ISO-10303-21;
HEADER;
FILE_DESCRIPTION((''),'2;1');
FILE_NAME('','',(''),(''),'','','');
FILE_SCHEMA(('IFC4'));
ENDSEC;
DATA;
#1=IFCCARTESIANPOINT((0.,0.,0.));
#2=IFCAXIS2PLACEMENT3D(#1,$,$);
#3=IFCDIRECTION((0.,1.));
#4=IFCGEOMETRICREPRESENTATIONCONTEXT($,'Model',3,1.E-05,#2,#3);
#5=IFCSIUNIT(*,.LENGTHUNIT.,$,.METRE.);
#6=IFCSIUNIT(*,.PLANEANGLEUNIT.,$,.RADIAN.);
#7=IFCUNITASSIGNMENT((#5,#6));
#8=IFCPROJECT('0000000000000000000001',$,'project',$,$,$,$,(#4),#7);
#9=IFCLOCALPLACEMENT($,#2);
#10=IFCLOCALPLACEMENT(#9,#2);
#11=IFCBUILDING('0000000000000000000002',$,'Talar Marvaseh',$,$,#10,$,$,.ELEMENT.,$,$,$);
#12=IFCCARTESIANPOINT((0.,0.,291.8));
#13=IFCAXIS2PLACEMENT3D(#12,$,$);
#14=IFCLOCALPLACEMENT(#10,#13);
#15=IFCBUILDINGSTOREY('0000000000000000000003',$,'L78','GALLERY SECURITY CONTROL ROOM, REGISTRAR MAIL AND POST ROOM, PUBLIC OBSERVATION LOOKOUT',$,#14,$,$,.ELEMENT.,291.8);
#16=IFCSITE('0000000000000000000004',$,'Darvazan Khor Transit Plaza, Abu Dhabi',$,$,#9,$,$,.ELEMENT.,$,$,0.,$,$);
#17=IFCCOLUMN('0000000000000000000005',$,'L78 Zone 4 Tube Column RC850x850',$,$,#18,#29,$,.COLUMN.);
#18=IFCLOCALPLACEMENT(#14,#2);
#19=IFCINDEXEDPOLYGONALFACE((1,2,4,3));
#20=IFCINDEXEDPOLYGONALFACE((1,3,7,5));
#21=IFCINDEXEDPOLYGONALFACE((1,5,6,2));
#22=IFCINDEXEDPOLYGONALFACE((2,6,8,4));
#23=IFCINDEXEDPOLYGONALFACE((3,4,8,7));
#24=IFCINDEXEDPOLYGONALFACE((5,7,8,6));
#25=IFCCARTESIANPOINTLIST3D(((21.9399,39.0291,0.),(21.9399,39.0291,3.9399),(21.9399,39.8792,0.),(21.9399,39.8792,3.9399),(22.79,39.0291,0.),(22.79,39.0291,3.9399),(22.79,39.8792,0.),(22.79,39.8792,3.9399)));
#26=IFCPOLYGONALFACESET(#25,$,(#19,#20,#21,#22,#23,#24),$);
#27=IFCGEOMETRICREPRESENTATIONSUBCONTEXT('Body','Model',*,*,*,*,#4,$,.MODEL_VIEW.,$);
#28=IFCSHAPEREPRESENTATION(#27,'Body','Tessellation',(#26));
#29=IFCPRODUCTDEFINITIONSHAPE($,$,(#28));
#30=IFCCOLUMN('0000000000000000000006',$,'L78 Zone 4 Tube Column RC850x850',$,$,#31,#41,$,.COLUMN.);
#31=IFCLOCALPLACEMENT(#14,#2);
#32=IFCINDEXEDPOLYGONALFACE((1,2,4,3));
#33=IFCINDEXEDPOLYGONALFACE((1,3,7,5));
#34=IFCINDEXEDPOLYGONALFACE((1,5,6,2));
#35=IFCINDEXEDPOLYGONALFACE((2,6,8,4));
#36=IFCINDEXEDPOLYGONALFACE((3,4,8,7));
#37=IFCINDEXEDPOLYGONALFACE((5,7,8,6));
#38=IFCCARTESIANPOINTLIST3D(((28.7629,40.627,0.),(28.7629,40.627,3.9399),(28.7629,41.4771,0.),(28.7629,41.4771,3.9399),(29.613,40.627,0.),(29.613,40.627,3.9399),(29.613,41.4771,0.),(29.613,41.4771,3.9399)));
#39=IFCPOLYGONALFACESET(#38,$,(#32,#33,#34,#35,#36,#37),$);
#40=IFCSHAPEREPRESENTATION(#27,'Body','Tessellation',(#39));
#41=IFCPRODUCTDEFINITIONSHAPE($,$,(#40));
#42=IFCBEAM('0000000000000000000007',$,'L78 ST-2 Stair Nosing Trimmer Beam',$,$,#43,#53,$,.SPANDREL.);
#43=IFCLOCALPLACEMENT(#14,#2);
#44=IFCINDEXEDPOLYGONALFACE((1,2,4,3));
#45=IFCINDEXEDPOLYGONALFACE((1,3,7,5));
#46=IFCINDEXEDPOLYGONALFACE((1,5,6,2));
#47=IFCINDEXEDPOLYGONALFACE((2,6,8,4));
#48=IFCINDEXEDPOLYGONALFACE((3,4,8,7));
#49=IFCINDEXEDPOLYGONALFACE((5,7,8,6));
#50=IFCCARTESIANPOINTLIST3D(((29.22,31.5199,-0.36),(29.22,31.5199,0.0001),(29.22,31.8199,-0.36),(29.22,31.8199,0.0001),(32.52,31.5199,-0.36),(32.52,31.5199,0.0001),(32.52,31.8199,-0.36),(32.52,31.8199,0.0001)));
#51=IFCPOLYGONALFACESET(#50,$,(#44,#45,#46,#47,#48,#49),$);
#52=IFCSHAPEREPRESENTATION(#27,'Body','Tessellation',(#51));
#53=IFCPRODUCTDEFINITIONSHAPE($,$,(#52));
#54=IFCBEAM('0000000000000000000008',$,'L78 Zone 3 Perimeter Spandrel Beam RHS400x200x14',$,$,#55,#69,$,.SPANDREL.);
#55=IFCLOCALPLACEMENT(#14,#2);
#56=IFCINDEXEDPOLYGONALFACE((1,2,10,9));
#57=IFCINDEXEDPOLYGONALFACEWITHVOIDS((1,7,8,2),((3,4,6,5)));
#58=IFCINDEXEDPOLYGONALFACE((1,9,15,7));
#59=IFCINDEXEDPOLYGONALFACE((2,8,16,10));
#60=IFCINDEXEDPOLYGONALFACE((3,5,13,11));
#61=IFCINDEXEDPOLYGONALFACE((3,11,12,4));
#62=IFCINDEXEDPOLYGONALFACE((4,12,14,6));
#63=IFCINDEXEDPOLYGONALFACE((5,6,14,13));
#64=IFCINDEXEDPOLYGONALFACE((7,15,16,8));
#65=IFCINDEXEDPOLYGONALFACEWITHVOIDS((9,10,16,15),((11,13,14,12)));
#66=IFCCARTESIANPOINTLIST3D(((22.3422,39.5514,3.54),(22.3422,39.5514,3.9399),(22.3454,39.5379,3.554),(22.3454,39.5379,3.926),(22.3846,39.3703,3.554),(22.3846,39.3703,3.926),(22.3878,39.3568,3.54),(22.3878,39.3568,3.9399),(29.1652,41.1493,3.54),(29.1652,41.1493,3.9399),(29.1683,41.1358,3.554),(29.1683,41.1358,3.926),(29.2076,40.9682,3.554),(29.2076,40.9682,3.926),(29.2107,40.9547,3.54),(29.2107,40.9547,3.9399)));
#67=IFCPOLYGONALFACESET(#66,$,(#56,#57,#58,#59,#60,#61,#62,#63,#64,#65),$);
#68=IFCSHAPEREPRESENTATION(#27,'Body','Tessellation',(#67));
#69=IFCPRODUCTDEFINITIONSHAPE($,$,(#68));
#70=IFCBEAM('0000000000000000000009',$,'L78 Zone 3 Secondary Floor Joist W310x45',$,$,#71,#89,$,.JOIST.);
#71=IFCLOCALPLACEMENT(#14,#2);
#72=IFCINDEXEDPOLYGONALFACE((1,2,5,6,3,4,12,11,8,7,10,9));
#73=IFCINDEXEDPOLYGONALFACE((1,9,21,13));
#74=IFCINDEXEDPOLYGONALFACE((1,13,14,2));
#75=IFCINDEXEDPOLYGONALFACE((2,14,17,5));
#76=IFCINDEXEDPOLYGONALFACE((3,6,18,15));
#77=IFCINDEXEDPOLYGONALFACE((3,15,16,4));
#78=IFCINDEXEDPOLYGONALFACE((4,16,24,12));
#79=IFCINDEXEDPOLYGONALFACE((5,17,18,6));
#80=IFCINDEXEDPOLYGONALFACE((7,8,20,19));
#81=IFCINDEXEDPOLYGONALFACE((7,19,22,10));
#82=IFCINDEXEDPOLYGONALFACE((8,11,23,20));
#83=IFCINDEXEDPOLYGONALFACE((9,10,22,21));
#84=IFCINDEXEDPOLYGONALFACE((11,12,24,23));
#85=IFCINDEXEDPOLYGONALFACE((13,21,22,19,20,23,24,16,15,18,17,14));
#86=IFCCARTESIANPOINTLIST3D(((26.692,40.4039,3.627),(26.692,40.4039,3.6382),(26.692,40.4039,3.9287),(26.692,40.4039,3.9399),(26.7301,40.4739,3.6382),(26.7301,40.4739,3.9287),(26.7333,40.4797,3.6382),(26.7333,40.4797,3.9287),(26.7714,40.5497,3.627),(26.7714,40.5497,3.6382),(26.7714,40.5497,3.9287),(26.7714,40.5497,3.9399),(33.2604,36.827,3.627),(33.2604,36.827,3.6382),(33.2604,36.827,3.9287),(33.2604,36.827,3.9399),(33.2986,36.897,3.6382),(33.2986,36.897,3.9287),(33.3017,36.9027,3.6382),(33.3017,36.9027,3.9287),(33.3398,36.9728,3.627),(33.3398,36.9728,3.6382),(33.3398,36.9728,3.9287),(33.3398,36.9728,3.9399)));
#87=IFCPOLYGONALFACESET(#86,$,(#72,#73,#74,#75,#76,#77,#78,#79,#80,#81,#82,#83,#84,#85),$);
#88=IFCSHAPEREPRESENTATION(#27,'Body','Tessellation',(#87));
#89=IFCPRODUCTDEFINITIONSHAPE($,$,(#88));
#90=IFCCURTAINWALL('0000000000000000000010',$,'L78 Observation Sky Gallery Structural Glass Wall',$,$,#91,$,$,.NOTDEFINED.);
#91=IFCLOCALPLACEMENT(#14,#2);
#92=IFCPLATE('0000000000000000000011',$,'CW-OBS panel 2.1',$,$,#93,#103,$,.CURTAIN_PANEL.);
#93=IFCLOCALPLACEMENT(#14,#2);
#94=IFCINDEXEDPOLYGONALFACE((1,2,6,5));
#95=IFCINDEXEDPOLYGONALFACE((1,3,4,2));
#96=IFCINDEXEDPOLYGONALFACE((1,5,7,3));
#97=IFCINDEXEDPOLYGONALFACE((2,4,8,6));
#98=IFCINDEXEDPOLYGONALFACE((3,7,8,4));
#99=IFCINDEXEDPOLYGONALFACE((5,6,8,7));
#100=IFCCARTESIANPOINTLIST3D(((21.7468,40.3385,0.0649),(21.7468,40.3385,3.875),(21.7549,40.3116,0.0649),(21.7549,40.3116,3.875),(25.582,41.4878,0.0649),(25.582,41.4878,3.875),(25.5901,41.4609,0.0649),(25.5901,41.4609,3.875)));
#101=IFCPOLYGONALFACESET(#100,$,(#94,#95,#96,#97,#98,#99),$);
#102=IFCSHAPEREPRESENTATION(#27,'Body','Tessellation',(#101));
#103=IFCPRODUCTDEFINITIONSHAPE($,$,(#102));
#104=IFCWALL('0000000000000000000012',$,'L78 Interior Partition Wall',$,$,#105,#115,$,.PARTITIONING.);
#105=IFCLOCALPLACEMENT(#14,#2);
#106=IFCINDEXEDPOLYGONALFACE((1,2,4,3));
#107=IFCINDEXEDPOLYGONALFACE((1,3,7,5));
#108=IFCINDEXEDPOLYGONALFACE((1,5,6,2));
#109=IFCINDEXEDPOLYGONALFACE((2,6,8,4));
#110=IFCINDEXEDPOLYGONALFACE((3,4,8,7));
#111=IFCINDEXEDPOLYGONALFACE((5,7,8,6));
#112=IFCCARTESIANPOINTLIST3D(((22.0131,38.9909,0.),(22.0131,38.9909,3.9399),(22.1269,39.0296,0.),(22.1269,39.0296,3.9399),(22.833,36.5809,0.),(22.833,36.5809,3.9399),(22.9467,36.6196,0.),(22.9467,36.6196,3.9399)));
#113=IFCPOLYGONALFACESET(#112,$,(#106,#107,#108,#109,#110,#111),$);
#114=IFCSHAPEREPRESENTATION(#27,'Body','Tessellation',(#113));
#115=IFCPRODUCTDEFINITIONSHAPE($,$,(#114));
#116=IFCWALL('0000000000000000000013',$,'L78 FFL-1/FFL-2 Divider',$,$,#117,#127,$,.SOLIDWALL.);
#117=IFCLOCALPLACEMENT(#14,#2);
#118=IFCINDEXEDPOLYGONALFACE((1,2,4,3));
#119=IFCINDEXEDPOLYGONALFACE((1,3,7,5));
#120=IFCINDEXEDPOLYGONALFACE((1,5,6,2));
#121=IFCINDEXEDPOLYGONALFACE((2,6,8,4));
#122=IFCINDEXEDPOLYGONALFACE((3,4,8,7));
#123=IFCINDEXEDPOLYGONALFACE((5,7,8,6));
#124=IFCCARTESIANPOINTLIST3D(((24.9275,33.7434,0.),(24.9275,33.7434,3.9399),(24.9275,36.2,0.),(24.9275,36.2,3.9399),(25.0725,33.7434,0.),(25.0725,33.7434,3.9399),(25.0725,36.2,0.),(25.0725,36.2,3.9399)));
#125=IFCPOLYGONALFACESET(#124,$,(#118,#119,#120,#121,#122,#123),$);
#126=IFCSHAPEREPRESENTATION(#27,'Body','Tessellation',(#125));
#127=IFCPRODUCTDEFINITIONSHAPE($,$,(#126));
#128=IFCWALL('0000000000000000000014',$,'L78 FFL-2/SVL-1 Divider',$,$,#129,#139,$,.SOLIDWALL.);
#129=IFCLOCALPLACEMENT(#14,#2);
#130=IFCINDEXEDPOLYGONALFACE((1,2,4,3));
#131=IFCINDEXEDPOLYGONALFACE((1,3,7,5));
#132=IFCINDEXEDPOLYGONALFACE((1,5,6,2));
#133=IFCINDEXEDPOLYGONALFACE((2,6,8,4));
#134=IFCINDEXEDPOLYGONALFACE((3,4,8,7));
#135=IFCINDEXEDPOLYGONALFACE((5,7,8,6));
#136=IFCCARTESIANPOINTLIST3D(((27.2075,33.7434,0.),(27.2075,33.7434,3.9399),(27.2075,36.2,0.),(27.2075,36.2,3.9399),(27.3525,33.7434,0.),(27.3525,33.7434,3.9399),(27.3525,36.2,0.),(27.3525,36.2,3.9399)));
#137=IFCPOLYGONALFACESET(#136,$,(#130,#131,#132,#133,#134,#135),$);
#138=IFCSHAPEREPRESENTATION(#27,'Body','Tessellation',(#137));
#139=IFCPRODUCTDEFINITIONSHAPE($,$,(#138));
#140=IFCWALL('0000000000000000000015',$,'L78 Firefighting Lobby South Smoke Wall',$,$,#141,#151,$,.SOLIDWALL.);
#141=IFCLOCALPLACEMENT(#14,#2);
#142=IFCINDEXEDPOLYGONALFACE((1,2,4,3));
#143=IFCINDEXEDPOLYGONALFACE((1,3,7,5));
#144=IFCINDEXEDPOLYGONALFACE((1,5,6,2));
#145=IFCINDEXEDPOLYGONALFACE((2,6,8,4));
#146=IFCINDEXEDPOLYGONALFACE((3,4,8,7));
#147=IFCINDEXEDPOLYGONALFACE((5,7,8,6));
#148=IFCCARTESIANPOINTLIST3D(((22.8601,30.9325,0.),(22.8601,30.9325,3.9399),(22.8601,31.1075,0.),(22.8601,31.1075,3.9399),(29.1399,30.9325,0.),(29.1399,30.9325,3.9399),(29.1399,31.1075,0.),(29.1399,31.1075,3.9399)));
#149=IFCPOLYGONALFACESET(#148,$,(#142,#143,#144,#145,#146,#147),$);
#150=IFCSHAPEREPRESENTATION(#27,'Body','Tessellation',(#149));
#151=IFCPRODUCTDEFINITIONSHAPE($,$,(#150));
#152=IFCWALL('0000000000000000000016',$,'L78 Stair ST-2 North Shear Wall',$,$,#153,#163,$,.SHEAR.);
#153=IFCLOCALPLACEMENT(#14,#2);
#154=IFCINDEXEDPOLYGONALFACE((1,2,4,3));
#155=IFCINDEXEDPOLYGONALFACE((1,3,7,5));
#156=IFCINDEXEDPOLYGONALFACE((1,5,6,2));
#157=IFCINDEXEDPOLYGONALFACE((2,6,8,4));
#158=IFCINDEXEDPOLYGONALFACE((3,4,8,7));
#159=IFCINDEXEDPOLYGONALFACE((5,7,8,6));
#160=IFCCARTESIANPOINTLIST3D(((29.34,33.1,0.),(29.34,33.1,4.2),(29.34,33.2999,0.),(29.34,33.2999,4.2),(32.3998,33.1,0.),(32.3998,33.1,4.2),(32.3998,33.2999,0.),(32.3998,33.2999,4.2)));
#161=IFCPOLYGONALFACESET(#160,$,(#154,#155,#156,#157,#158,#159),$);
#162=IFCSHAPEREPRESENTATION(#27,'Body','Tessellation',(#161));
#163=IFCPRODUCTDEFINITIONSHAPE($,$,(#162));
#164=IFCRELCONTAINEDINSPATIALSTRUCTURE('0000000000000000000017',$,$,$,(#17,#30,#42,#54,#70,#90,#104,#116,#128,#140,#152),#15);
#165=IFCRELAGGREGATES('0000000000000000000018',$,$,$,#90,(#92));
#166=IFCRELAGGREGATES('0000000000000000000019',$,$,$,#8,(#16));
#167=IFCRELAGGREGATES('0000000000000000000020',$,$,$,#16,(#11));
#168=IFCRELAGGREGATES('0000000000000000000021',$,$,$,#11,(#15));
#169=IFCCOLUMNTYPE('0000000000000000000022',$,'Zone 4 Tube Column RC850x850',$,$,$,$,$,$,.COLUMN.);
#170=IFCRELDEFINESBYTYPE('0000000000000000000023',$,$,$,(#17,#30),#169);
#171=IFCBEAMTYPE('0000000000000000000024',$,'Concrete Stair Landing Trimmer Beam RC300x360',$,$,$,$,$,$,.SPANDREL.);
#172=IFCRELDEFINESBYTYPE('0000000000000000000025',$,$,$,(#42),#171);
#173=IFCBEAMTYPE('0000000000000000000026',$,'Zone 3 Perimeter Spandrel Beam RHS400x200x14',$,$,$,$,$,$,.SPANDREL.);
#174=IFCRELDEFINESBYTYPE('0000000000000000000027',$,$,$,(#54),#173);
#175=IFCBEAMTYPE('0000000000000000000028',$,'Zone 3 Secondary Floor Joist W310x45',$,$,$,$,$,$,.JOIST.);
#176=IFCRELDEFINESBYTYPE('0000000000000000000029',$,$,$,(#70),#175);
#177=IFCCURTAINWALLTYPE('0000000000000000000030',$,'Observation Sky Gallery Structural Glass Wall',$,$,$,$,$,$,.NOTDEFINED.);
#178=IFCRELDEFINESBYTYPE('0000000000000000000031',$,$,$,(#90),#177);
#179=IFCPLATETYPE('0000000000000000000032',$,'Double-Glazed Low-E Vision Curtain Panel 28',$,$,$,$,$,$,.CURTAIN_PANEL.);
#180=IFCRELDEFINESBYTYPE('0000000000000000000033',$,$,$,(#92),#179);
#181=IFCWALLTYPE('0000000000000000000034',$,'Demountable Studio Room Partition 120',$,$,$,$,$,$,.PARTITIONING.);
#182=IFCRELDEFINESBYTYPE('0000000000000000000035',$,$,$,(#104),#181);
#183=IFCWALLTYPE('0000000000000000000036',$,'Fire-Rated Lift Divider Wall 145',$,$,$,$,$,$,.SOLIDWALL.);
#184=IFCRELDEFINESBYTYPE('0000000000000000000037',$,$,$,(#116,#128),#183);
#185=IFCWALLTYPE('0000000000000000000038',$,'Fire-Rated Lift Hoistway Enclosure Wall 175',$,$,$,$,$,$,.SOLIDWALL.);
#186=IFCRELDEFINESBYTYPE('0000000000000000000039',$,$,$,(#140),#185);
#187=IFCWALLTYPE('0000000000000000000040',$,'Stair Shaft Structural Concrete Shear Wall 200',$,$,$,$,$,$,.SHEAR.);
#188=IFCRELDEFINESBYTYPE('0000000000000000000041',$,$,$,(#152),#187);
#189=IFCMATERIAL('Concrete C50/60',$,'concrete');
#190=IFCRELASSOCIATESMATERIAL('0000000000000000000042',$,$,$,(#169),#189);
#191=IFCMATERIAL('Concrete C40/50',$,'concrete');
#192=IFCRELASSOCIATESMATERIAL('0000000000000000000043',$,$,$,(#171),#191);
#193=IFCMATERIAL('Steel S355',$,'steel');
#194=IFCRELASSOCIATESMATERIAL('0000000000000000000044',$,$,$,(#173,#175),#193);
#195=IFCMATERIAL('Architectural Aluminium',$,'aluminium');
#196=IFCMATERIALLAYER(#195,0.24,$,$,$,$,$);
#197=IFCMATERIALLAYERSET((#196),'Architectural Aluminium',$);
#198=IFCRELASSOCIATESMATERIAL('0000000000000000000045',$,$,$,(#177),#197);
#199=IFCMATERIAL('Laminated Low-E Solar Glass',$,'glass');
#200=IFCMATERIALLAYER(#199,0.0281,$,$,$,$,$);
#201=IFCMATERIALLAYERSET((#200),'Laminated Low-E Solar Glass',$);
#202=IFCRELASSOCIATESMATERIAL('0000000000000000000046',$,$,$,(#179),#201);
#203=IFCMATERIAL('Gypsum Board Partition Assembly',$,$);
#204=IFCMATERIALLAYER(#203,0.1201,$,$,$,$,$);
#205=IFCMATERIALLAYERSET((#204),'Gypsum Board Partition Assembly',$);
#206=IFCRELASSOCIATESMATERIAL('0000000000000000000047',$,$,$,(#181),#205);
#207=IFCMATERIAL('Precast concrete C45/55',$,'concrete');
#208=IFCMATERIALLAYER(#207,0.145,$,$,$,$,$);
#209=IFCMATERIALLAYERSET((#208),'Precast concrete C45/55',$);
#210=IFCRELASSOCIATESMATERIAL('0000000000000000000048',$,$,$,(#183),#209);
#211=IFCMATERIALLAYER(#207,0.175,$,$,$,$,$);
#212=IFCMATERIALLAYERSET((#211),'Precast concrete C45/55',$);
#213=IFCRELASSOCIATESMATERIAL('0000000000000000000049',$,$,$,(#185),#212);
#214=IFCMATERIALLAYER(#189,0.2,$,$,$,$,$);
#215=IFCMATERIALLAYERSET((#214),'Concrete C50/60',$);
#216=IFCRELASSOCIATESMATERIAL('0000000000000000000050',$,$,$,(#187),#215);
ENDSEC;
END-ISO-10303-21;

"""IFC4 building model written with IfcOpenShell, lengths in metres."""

from ifc_helpers import new_model, si_unit, direction, frame, frame_2d, origin, origin_2d, place, context, subcontext, project, spatial, rectangle, hollow_rectangle, i_section, extrude, source, transform, mapped, material, layer, layer_set, material_profile, profile_set, type_object, type_shapes, element, aggregate, save


model = new_model("IFC4")

# Units and contexts
model_context = context("Model", 3, precision=1e-05, world=origin(), true_north=direction((0.0, 1.0)))
body_context = subcontext(model_context, "Body", "Model", "MODEL_VIEW")
ifc_project = project(units=[si_unit("LENGTHUNIT", "METRE"), si_unit("PLANEANGLEUNIT", "RADIAN")], contexts=[model_context])

# Site, building, storey
site_placement = place(None, origin())
site = spatial("IfcSite", under=ifc_project, at=site_placement, Name="Darvazan Khor Transit Plaza, Abu Dhabi", CompositionType="ELEMENT", RefElevation=0.0)
building_placement = place(site_placement, origin())
building = spatial("IfcBuilding", under=site, at=building_placement, Name="Talar Marvaseh", CompositionType="ELEMENT")
storey_placement = place(building_placement, frame((0.0, 0.0, 291.8)))
storey = spatial("IfcBuildingStorey", under=building, at=storey_placement, Name="L78", Description="GALLERY SECURITY CONTROL ROOM, REGISTRAR MAIL AND POST ROOM, PUBLIC OBSERVATION LOOKOUT", CompositionType="ELEMENT", Elevation=291.8)

# Columns
ifc_material_1 = material(Name="Concrete C50/60", Category="concrete")
ifc_material_profile_1 = material_profile(ifc_material_1, rectangle(XDim=0.8501, YDim=0.8501, at=origin_2d()), Name="RC850x850")
ifc_profile_set_1 = profile_set([ifc_material_profile_1], Name="Concrete C50/60")
column_type = type_object("IfcColumnType", Name="Zone 4 Tube Column RC850x850", PredefinedType="COLUMN", material=ifc_profile_set_1)
for number, where, z_axis, x_axis, name in (
    (1, (22.365, 39.4541, 0.0), (0.0, 0.0, 1.0), (1.0, 0.0, 0.0), "L78 Zone 4 Tube Column RC850x850"),
    (2, (29.188, 41.052, 0.0), (0.0, 0.0, 1.0), (1.0, 0.0, 0.0), "L78 Zone 4 Tube Column RC850x850"),
):
    element("IfcColumn", number, at=place(storey_placement, frame(where, z_axis=z_axis, x_axis=x_axis)), inside=storey, type_object=column_type, Name=name, PredefinedType="COLUMN", context=body_context, shape_type="SweptSolid", body=[
        extrude(rectangle(XDim=0.8501, YDim=0.8501, at=origin_2d()), origin(), (0.0, 0.0, 1.0), 3.9399),
    ])

# Beams
ifc_material_2 = material(Name="Concrete C40/50", Category="concrete")
ifc_material_profile_2 = material_profile(ifc_material_2, rectangle(XDim=0.3, YDim=0.3601, at=origin_2d()), Name="RC300x360")
ifc_profile_set_2 = profile_set([ifc_material_profile_2], Name="Concrete C40/50")
beam_type_1 = type_object("IfcBeamType", Name="Concrete Stair Landing Trimmer Beam RC300x360", PredefinedType="SPANDREL", material=ifc_profile_set_2)
beam_1_placement = place(storey_placement, frame((29.22, 31.6699, -0.1799), z_axis=(1.0, 0.0, 0.0), x_axis=(0.0, 1.0, 0.0)))
element("IfcBeam", 3, at=beam_1_placement, inside=storey, type_object=beam_type_1, Name="L78 ST-2 Stair Nosing Trimmer Beam", PredefinedType="SPANDREL", context=body_context, shape_type="SweptSolid", body=[
    extrude(rectangle(XDim=0.3, YDim=0.3601, at=origin_2d()), origin(), (0.0, 0.0, 1.0), 3.3),
])
ifc_material_3 = material(Name="Steel S355", Category="steel")
ifc_material_profile_3 = material_profile(ifc_material_3, hollow_rectangle(XDim=0.2, YDim=0.3999, WallThickness=0.0139, at=origin_2d()), Name="RHS400x200x14")
ifc_profile_set_3 = profile_set([ifc_material_profile_3], Name="Steel S355")
beam_type_2 = type_object("IfcBeamType", Name="Zone 3 Perimeter Spandrel Beam RHS400x200x14", PredefinedType="SPANDREL", material=ifc_profile_set_3)
beam_2_placement = place(storey_placement, frame((22.365, 39.4541, 3.74), z_axis=(0.973656, 0.228024, 0.0), x_axis=(-0.228024, 0.973656, 0.0)))
element("IfcBeam", 4, at=beam_2_placement, inside=storey, type_object=beam_type_2, Name="L78 Zone 3 Perimeter Spandrel Beam RHS400x200x14", PredefinedType="SPANDREL", context=body_context, shape_type="SweptSolid", body=[
    extrude(hollow_rectangle(XDim=0.2, YDim=0.3999, WallThickness=0.0139, at=origin_2d()), origin(), (0.0, 0.0, 1.0), 7.0076),
])
ifc_material_profile_4 = material_profile(ifc_material_3, i_section(OverallWidth=0.166, OverallDepth=0.313, WebThickness=0.0066, FlangeThickness=0.0112, at=origin_2d()), Name="W310x45")
ifc_profile_set_4 = profile_set([ifc_material_profile_4], Name="Steel S355")
beam_type_3 = type_object("IfcBeamType", Name="Zone 3 Secondary Floor Joist W310x45", PredefinedType="JOIST", material=ifc_profile_set_4)
beam_3_placement = place(storey_placement, frame((26.7317, 40.4768, 3.7834), z_axis=(0.878223, -0.478251, 0.0), x_axis=(0.478251, 0.878223, 0.0)))
element("IfcBeam", 5, at=beam_3_placement, inside=storey, type_object=beam_type_3, Name="L78 Zone 3 Secondary Floor Joist W310x45", PredefinedType="JOIST", context=body_context, shape_type="SweptSolid", body=[
    extrude(i_section(OverallWidth=0.166, OverallDepth=0.313, WebThickness=0.0066, FlangeThickness=0.0112, at=origin_2d()), origin(), (0.0, 0.0, 1.0), 7.4792),
])

# Curtain wall, plate
ifc_material_4 = material(Name="Architectural Aluminium", Category="aluminium")
ifc_layer_1 = layer(ifc_material_4, 0.24)
ifc_layer_set_1 = layer_set([ifc_layer_1], Name="Architectural Aluminium")
curtain_wall_type = type_object("IfcCurtainWallType", Name="Observation Sky Gallery Structural Glass Wall", PredefinedType="NOTDEFINED", material=ifc_layer_set_1)
curtain_wall_placement = place(storey_placement, origin())
curtain_wall = element("IfcCurtainWall", 6, at=curtain_wall_placement, inside=storey, type_object=curtain_wall_type, Name="L78 Observation Sky Gallery Structural Glass Wall", PredefinedType="NOTDEFINED")
ifc_material_5 = material(Name="Laminated Low-E Solar Glass", Category="glass")
ifc_layer_2 = layer(ifc_material_5, 0.0281)
ifc_layer_set_2 = layer_set([ifc_layer_2], Name="Laminated Low-E Solar Glass")
plate_type = type_object("IfcPlateType", Name="Double-Glazed Low-E Vision Curtain Panel 28", PredefinedType="CURTAIN_PANEL", material=ifc_layer_set_2)
shared_shape_1 = source(origin(), body_context, "Body", "SweptSolid", [
    extrude(rectangle(XDim=4.0037, YDim=0.0281, at=origin_2d()), origin(), (0.0, 0.0, 1.0), 3.8101),
])
type_shapes(plate_type, [shared_shape_1])
plate_placement = place(storey_placement, frame((23.6685, 40.8997, 0.0649), z_axis=(0.0, 0.0, 1.0), x_axis=(0.957912, 0.287063, 0.0)))
plate = element("IfcPlate", 7, at=plate_placement, type_object=plate_type, Name="CW-OBS panel 2.1", PredefinedType="CURTAIN_PANEL", context=body_context, shape_type="MappedRepresentation", body=[
    mapped(shared_shape_1, transform((0.0, 0.0, 0.0), x_axis=(1.0, 0.0, 0.0), y_axis=(0.0, 1.0, 0.0), z_axis=(0.0, 0.0, 1.0), scale=1.0)),
])
aggregate(curtain_wall, [plate])

# Walls
ifc_material_6 = material(Name="Gypsum Board Partition Assembly")
ifc_layer_3 = layer(ifc_material_6, 0.1201)
ifc_layer_set_3 = layer_set([ifc_layer_3], Name="Gypsum Board Partition Assembly")
wall_type_1 = type_object("IfcWallType", Name="Demountable Studio Room Partition 120", PredefinedType="PARTITIONING", material=ifc_layer_set_3)
wall_1_placement = place(storey_placement, frame((22.8899, 36.6001, 0.0), z_axis=(0.0, 0.0, 1.0), x_axis=(-0.322063, 0.946718, 0.0)))
element("IfcWall", 8, at=wall_1_placement, inside=storey, type_object=wall_type_1, Name="L78 Interior Partition Wall", PredefinedType="PARTITIONING", context=body_context, shape_type="SweptSolid", body=[
    extrude(rectangle(XDim=2.5457, YDim=0.1201, at=frame_2d((1.2729, 0.0))), origin(), (0.0, 0.0, 1.0), 3.9399),
])
ifc_material_7 = material(Name="Precast concrete C45/55", Category="concrete")
ifc_layer_4 = layer(ifc_material_7, 0.145)
ifc_layer_set_4 = layer_set([ifc_layer_4], Name="Precast concrete C45/55")
wall_type_2 = type_object("IfcWallType", Name="Fire-Rated Lift Divider Wall 145", PredefinedType="SOLIDWALL", material=ifc_layer_set_4)
for number, where, z_axis, x_axis, name in (
    (9, (25.0, 33.7434, 0.0), (0.0, 0.0, 1.0), (0.0, 1.0, 0.0), "L78 FFL-1/FFL-2 Divider"),
    (10, (27.28, 33.7434, 0.0), (0.0, 0.0, 1.0), (0.0, 1.0, 0.0), "L78 FFL-2/SVL-1 Divider"),
):
    element("IfcWall", number, at=place(storey_placement, frame(where, z_axis=z_axis, x_axis=x_axis)), inside=storey, type_object=wall_type_2, Name=name, PredefinedType="SOLIDWALL", context=body_context, shape_type="SweptSolid", body=[
        extrude(rectangle(XDim=2.4565, YDim=0.145, at=frame_2d((1.2283, 0.0))), origin(), (0.0, 0.0, 1.0), 3.9399),
    ])

# Shared definitions
ifc_layer_5 = layer(ifc_material_7, 0.175)
ifc_layer_set_5 = layer_set([ifc_layer_5], Name="Precast concrete C45/55")
wall_type_3 = type_object("IfcWallType", Name="Fire-Rated Lift Hoistway Enclosure Wall 175", PredefinedType="SOLIDWALL", material=ifc_layer_set_5)

# Walls
wall_2_placement = place(storey_placement, frame((22.8601, 31.02, 0.0), z_axis=(0.0, 0.0, 1.0), x_axis=(1.0, 0.0, 0.0)))
element("IfcWall", 11, at=wall_2_placement, inside=storey, type_object=wall_type_3, Name="L78 Firefighting Lobby South Smoke Wall", PredefinedType="SOLIDWALL", context=body_context, shape_type="SweptSolid", body=[
    extrude(rectangle(XDim=6.2798, YDim=0.175, at=frame_2d((3.1399, 0.0))), origin(), (0.0, 0.0, 1.0), 3.9399),
])
ifc_layer_6 = layer(ifc_material_1, 0.2)
ifc_layer_set_6 = layer_set([ifc_layer_6], Name="Concrete C50/60")
wall_type_4 = type_object("IfcWallType", Name="Stair Shaft Structural Concrete Shear Wall 200", PredefinedType="SHEAR", material=ifc_layer_set_6)
wall_3_placement = place(storey_placement, frame((29.3401, 33.2, 0.0), z_axis=(0.0, 0.0, 1.0), x_axis=(1.0, 0.0, 0.0)))
element("IfcWall", 12, at=wall_3_placement, inside=storey, type_object=wall_type_4, Name="L78 Stair ST-2 North Shear Wall", PredefinedType="SHEAR", context=body_context, shape_type="SweptSolid", body=[
    extrude(rectangle(XDim=3.0598, YDim=0.2, at=frame_2d((1.5298, 0.0))), origin(), (0.0, 0.0, 1.0), 4.2),
])

save(model, "model.ifc")
